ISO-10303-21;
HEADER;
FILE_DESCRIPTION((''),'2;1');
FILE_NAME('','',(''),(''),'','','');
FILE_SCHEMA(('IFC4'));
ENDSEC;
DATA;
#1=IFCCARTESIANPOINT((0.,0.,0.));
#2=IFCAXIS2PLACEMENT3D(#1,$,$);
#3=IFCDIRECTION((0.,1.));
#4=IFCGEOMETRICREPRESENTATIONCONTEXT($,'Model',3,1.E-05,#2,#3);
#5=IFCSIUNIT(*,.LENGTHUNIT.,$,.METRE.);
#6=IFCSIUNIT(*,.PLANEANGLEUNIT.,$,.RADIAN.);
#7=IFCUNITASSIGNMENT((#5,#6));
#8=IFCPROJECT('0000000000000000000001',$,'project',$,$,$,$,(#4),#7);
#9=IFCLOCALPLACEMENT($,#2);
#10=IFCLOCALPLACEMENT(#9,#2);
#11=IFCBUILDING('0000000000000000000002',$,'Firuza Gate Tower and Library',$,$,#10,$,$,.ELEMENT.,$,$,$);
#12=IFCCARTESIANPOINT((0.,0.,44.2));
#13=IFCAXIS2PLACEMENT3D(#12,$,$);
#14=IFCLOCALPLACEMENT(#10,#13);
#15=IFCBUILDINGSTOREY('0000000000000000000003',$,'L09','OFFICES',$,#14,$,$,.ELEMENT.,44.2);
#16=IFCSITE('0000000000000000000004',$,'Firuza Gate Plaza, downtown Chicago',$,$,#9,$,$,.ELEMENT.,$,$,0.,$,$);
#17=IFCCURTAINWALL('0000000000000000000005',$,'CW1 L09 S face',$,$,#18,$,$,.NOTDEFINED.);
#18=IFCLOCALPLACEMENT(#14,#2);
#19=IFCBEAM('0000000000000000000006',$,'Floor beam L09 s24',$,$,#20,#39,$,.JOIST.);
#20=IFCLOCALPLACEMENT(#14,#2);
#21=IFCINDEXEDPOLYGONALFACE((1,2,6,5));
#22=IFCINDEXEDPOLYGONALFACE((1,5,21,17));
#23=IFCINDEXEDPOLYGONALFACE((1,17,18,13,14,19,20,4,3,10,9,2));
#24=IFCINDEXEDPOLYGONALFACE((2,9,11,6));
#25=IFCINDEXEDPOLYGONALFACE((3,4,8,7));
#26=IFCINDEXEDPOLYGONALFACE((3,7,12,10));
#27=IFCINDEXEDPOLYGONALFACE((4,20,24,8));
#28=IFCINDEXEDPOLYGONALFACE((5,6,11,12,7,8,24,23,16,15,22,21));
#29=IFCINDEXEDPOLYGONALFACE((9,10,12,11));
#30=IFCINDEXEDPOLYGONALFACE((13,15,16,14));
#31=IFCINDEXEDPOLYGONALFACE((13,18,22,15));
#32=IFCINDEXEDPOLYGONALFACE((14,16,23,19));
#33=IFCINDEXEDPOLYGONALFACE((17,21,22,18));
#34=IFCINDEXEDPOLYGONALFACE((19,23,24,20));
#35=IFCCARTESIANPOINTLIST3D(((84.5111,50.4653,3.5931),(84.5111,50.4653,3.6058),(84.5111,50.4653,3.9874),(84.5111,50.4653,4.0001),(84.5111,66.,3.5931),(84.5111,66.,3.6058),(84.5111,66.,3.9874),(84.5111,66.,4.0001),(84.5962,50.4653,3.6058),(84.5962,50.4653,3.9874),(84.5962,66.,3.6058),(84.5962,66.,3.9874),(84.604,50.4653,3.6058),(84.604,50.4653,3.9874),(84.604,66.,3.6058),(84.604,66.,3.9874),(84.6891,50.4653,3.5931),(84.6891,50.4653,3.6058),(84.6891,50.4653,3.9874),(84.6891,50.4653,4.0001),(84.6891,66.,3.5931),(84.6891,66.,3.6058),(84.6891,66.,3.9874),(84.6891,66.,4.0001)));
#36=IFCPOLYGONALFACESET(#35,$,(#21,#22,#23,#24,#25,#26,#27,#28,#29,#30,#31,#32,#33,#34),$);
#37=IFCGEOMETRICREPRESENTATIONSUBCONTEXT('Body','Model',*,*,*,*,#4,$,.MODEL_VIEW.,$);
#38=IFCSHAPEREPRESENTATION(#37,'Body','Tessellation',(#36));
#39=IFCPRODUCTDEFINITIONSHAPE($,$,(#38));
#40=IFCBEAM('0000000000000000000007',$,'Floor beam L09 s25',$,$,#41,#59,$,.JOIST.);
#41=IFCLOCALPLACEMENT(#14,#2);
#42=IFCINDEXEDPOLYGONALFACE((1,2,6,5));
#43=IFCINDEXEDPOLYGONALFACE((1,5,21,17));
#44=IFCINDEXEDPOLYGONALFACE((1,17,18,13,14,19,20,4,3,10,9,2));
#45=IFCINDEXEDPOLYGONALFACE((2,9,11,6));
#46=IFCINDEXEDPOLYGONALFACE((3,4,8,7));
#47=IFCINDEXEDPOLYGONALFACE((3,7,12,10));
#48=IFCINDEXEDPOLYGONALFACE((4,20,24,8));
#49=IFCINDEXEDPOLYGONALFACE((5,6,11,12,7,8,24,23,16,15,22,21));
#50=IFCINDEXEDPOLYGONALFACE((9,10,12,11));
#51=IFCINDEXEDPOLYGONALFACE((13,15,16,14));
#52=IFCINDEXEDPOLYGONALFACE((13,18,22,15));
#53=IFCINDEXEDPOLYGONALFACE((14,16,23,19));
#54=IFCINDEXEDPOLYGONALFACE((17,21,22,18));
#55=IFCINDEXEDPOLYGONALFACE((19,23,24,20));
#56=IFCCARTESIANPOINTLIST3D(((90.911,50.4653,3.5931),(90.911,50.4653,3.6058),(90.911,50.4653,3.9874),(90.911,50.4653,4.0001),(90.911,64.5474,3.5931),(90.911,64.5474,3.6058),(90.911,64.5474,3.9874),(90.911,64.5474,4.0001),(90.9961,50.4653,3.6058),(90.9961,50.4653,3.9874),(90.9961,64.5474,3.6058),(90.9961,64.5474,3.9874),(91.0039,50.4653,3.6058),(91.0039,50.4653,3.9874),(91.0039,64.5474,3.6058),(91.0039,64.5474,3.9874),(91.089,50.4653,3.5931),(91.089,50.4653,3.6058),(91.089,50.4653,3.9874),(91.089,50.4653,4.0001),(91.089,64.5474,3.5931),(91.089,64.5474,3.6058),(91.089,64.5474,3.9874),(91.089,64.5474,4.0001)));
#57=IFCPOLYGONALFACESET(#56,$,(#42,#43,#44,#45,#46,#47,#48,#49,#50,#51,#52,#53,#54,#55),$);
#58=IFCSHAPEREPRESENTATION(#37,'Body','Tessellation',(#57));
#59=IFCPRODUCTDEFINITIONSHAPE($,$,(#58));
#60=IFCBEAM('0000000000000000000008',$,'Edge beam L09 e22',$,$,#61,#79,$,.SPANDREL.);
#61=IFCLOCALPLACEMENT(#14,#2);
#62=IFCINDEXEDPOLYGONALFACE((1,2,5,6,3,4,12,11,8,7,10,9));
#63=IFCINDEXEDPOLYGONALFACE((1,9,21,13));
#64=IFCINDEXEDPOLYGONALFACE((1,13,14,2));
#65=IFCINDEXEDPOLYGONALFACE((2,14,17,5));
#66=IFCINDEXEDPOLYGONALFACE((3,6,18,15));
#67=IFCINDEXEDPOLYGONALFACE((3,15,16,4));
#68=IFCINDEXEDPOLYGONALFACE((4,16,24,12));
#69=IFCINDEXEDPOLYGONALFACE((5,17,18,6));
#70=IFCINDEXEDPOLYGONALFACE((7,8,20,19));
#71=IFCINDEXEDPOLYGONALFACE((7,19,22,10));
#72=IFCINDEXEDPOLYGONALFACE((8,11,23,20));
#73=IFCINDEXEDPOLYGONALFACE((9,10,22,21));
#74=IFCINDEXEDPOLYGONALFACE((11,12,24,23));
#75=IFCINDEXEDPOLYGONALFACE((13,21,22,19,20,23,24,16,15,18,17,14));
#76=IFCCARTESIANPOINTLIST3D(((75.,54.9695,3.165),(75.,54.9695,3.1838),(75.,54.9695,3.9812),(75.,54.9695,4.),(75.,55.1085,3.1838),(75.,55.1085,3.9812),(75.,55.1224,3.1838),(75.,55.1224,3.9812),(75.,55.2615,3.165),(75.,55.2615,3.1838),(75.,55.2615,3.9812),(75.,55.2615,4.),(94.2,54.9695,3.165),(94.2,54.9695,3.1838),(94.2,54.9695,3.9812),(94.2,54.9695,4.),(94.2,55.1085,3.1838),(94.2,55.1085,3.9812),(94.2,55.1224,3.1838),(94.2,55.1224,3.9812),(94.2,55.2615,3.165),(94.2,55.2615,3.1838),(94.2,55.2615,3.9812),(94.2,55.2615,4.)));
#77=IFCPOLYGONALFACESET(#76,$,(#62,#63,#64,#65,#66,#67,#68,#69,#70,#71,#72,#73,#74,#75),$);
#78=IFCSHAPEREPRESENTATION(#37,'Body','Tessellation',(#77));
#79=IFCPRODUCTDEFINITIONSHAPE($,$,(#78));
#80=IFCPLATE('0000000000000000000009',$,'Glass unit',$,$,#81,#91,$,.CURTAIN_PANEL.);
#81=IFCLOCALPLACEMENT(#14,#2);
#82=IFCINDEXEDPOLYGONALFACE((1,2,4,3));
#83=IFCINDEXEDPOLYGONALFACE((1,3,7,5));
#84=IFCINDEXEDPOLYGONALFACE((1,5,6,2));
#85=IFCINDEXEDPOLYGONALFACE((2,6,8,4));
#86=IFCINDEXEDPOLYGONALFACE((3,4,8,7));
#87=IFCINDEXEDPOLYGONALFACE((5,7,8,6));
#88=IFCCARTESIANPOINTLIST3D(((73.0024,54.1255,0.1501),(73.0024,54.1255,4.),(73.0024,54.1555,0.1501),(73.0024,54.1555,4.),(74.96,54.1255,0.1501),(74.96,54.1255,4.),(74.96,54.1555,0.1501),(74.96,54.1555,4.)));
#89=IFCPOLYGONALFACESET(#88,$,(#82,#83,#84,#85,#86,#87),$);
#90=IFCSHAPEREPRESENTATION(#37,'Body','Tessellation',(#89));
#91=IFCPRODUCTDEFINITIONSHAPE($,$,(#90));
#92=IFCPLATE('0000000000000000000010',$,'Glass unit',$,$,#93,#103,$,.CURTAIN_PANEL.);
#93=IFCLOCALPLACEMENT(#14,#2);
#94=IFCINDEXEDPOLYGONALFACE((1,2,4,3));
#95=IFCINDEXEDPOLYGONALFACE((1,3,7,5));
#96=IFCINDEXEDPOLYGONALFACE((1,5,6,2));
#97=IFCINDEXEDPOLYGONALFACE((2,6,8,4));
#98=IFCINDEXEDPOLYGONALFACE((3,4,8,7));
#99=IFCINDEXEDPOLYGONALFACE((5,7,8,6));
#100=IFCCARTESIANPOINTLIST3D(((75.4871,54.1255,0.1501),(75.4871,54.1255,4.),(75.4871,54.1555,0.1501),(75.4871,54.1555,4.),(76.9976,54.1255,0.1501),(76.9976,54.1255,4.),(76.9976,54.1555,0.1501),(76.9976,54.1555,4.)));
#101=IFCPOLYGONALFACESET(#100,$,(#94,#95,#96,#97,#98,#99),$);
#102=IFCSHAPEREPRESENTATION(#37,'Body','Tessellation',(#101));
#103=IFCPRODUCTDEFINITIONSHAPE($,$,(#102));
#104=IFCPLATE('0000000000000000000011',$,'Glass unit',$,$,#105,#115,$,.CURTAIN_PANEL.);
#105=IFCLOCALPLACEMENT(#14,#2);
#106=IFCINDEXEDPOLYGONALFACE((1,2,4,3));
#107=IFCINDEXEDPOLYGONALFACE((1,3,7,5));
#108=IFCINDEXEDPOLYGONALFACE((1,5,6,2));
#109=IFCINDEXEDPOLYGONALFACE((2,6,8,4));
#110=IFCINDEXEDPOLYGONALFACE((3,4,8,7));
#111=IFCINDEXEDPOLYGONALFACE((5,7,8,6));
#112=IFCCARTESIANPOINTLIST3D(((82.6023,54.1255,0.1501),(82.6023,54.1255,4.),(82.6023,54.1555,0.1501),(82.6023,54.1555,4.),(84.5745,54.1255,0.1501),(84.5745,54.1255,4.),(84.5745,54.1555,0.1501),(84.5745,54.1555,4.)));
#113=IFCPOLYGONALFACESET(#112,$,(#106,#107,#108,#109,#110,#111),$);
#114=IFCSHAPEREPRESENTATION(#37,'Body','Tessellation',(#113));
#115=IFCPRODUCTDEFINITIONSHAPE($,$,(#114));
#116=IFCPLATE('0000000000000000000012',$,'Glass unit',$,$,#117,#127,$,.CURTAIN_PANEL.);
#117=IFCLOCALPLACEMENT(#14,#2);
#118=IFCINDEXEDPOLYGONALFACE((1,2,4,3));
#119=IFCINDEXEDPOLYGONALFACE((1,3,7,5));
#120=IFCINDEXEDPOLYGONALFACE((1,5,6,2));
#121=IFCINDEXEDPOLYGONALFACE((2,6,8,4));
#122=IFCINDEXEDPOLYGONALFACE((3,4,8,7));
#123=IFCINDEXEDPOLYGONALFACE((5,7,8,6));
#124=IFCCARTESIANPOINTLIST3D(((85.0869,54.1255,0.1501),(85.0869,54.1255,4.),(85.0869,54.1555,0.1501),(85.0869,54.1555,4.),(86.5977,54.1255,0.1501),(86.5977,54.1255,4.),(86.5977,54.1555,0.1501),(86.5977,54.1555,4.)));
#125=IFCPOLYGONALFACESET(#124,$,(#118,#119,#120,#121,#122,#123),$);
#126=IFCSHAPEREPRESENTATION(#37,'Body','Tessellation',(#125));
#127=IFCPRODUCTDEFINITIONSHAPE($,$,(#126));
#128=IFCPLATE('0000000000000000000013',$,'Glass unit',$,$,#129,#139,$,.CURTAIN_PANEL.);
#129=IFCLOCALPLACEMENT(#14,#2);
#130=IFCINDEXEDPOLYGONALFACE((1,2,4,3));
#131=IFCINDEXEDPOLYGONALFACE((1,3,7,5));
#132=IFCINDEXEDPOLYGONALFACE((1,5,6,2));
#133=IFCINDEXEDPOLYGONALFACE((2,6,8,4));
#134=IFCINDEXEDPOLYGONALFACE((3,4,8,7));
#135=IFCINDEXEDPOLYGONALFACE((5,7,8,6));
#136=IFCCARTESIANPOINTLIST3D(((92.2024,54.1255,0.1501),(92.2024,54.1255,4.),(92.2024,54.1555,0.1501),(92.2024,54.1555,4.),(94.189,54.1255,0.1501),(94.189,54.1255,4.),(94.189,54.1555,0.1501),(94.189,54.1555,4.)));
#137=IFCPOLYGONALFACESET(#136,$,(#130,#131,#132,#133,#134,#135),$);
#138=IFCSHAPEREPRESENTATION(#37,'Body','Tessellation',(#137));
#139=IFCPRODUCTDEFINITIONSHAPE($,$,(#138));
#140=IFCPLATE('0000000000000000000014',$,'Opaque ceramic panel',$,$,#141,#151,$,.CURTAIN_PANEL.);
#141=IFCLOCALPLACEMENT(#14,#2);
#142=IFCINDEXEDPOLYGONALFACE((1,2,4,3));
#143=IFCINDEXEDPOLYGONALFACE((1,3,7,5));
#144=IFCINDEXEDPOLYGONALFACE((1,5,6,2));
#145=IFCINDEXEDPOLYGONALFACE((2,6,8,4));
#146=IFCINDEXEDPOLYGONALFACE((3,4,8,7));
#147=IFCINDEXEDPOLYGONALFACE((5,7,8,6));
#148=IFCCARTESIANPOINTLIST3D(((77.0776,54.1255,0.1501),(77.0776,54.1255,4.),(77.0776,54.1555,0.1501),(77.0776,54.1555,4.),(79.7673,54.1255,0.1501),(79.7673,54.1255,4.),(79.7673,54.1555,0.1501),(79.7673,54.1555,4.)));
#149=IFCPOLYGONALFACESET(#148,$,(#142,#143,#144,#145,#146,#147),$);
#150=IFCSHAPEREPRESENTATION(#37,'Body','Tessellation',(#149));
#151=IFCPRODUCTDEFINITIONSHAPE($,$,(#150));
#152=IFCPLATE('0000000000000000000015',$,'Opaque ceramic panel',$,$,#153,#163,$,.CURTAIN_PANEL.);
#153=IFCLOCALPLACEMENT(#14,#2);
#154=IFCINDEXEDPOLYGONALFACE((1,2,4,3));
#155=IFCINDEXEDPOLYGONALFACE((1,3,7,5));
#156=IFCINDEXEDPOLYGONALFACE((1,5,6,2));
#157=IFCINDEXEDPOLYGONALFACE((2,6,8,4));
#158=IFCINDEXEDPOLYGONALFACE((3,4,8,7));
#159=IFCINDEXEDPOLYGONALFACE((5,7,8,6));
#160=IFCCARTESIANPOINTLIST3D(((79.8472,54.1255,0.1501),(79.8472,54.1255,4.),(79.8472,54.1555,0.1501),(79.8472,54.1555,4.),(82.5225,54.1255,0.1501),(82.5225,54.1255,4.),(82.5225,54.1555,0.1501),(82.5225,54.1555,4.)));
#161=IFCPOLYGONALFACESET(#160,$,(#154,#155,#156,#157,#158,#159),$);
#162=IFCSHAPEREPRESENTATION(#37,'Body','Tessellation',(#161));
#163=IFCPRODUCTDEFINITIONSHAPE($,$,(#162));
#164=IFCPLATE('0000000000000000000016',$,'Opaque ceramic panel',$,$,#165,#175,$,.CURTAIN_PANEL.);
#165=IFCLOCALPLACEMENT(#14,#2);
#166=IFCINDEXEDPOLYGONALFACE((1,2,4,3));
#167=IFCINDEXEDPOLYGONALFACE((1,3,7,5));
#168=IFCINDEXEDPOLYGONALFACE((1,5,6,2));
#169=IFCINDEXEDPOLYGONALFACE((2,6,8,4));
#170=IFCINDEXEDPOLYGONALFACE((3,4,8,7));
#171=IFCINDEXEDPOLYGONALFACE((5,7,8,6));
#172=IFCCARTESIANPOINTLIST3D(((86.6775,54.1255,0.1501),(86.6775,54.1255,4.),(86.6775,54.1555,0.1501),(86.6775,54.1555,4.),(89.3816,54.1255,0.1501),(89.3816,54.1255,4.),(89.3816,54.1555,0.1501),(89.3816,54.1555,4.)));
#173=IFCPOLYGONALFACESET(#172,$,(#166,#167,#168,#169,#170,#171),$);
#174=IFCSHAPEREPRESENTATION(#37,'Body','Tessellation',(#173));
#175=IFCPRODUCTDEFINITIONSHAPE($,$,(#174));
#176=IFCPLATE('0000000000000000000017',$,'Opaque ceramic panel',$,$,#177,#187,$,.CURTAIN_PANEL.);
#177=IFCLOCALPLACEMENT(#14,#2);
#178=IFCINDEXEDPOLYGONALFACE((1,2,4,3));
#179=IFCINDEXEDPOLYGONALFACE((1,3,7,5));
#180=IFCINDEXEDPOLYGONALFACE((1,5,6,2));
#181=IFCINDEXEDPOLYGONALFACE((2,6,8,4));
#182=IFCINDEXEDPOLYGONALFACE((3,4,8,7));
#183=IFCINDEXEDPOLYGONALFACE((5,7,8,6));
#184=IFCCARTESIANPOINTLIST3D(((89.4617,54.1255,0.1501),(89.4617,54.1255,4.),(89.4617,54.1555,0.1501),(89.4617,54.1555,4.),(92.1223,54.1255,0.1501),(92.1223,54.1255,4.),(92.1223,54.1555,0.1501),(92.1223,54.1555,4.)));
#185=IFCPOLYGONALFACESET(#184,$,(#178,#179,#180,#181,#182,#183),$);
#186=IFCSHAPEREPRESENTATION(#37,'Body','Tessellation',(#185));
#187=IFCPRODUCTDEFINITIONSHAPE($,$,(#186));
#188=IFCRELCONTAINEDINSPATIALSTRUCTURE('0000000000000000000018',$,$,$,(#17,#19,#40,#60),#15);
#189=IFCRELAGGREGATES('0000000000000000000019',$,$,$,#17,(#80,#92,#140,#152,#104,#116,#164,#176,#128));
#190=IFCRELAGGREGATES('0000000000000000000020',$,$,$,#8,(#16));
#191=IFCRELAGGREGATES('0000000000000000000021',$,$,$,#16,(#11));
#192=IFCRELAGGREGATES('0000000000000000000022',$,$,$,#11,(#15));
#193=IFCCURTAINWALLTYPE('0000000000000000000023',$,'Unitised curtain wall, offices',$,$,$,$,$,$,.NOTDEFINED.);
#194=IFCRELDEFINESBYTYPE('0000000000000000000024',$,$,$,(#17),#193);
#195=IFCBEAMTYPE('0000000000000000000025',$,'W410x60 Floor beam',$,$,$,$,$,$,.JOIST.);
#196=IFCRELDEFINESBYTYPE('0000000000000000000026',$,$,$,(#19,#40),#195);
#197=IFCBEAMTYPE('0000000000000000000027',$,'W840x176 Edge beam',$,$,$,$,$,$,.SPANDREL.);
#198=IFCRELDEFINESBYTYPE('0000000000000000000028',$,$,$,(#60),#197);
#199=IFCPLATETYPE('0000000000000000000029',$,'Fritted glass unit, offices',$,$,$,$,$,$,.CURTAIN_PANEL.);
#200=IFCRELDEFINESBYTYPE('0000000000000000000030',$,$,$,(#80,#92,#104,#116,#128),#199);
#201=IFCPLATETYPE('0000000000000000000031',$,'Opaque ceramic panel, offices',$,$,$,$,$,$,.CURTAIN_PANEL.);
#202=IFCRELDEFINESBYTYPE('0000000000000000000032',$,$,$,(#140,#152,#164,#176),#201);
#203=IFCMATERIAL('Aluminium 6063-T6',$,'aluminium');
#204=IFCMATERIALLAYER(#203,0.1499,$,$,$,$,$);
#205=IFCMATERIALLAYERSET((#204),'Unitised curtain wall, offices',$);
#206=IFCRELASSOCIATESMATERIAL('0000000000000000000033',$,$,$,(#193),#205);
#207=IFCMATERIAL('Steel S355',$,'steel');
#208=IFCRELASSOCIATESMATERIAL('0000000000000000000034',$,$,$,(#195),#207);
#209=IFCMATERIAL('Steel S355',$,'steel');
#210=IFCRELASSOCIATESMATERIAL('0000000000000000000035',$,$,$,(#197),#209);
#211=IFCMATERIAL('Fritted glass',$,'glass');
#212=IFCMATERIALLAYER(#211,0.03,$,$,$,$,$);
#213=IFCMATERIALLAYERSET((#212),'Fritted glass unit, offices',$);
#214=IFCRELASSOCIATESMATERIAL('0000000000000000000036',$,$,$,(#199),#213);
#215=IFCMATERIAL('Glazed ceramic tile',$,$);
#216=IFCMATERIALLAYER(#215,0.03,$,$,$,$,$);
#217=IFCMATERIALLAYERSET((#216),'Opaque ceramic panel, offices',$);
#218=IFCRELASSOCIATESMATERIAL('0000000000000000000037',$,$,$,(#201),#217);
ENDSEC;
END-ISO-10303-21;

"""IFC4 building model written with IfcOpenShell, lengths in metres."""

from ifc_helpers import new_model, si_unit, direction, frame, origin, origin_2d, place, context, subcontext, project, spatial, polyline, i_section, outline, extrude, material, layer, layer_set, material_profile, profile_set, type_object, element, aggregate, save


model = new_model("IFC4")

# Units and contexts
model_context = context("Model", 3, precision=1e-05, world=origin(), true_north=direction((0.0, 1.0)))
body_context = subcontext(model_context, "Body", "Model", "MODEL_VIEW")
ifc_project = project(units=[si_unit("LENGTHUNIT", "METRE"), si_unit("PLANEANGLEUNIT", "RADIAN")], contexts=[model_context])

# Site, building, storey
site_placement = place(None, origin())
site = spatial("IfcSite", under=ifc_project, at=site_placement, Name="Firuza Gate Plaza, downtown Chicago", CompositionType="ELEMENT", RefElevation=0.0)
building_placement = place(site_placement, origin())
building = spatial("IfcBuilding", under=site, at=building_placement, Name="Firuza Gate Tower and Library", CompositionType="ELEMENT")
storey_placement = place(building_placement, frame((0.0, 0.0, 44.2)))
storey = spatial("IfcBuildingStorey", under=building, at=storey_placement, Name="L09", Description="OFFICES", CompositionType="ELEMENT", Elevation=44.2)

# Curtain wall
ifc_material_1 = material(Name="Aluminium 6063-T6", Category="aluminium")
ifc_layer_1 = layer(ifc_material_1, 0.1499)
ifc_layer_set_1 = layer_set([ifc_layer_1], Name="Unitised curtain wall, offices")
curtain_wall_type = type_object("IfcCurtainWallType", Name="Unitised curtain wall, offices", PredefinedType="NOTDEFINED", material=ifc_layer_set_1)
curtain_wall_placement = place(storey_placement, origin())
curtain_wall = element("IfcCurtainWall", 1, at=curtain_wall_placement, inside=storey, type_object=curtain_wall_type, Name="CW1 L09 S face", PredefinedType="NOTDEFINED")

# Beams
ifc_material_2 = material(Name="Steel S355", Category="steel")
ifc_material_profile_1 = material_profile(ifc_material_2, i_section(OverallWidth=0.178, OverallDepth=0.407, WebThickness=0.0078, FlangeThickness=0.0127, at=origin_2d()))
ifc_profile_set_1 = profile_set([ifc_material_profile_1], Name="Steel S355")
beam_type_1 = type_object("IfcBeamType", Name="W410x60 Floor beam", PredefinedType="JOIST", material=ifc_profile_set_1)
for number, where, z_axis, x_axis, name in (
    (2, (84.6001, 50.4653, 3.7966), (0.0, 1.0, 0.0), (-1.0, 0.0, 0.0), "Floor beam L09 s24"),
):
    element("IfcBeam", number, at=place(storey_placement, frame(where, z_axis=z_axis, x_axis=x_axis)), inside=storey, type_object=beam_type_1, Name=name, PredefinedType="JOIST", context=body_context, shape_type="SweptSolid", body=[
        extrude(i_section(OverallWidth=0.178, OverallDepth=0.407, WebThickness=0.0078, FlangeThickness=0.0127, at=origin_2d()), origin(), (0.0, 0.0, 1.0), 15.5347),
    ])
beam_1_placement = place(storey_placement, frame((91.0, 50.4653, 3.7966), z_axis=(0.0, 1.0, 0.0), x_axis=(-1.0, 0.0, 0.0)))
element("IfcBeam", 3, at=beam_1_placement, inside=storey, type_object=beam_type_1, Name="Floor beam L09 s25", PredefinedType="JOIST", context=body_context, shape_type="SweptSolid", body=[
    extrude(i_section(OverallWidth=0.178, OverallDepth=0.407, WebThickness=0.0078, FlangeThickness=0.0127, at=origin_2d()), origin(), (0.0, 0.0, 1.0), 14.082),
])
ifc_material_3 = material(Name="Steel S355", Category="steel")
ifc_material_profile_2 = material_profile(ifc_material_3, i_section(OverallWidth=0.292, OverallDepth=0.835, WebThickness=0.0139, FlangeThickness=0.0188, at=origin_2d()))
ifc_profile_set_2 = profile_set([ifc_material_profile_2], Name="Steel S355")
beam_type_2 = type_object("IfcBeamType", Name="W840x176 Edge beam", PredefinedType="SPANDREL", material=ifc_profile_set_2)
beam_2_placement = place(storey_placement, frame((75.0, 55.1155, 3.5825), z_axis=(1.0, 0.0, 0.0), x_axis=(0.0, 1.0, 0.0)))
element("IfcBeam", 4, at=beam_2_placement, inside=storey, type_object=beam_type_2, Name="Edge beam L09 e22", PredefinedType="SPANDREL", context=body_context, shape_type="SweptSolid", body=[
    extrude(i_section(OverallWidth=0.292, OverallDepth=0.835, WebThickness=0.0139, FlangeThickness=0.0188, at=origin_2d()), origin(), (0.0, 0.0, 1.0), 19.2),
])

# Plates
ifc_material_4 = material(Name="Fritted glass", Category="glass")
ifc_layer_2 = layer(ifc_material_4, 0.03)
ifc_layer_set_2 = layer_set([ifc_layer_2], Name="Fritted glass unit, offices")
plate_type_1 = type_object("IfcPlateType", Name="Fritted glass unit, offices", PredefinedType="CURTAIN_PANEL", material=ifc_layer_set_2)
plate_1_placement = place(storey_placement, frame((73.0024, 54.1255, 0.1501), z_axis=(0.0, -1.0, 0.0), x_axis=(1.0, 0.0, 0.0)))
plate_1 = element("IfcPlate", 5, at=plate_1_placement, type_object=plate_type_1, Name="Glass unit", PredefinedType="CURTAIN_PANEL", context=body_context, shape_type="SweptSolid", body=[
    extrude(outline(polyline([(0.0, 0.0), (1.9575, 0.0), (1.9575, 3.8499), (0.0, 3.8499), (0.0, 0.0)])), origin(), (0.0, 0.0, -1.0), 0.03),
])
plate_2_placement = place(storey_placement, frame((75.4871, 54.1255, 0.1501), z_axis=(0.0, -1.0, 0.0), x_axis=(1.0, 0.0, 0.0)))
plate_2 = element("IfcPlate", 6, at=plate_2_placement, type_object=plate_type_1, Name="Glass unit", PredefinedType="CURTAIN_PANEL", context=body_context, shape_type="SweptSolid", body=[
    extrude(outline(polyline([(0.0, 0.0), (1.5105, 0.0), (1.5105, 3.8499), (0.0, 3.8499), (0.0, 0.0)])), origin(), (0.0, 0.0, -1.0), 0.03),
])
plate_3_placement = place(storey_placement, frame((82.6023, 54.1255, 0.1501), z_axis=(0.0, -1.0, 0.0), x_axis=(1.0, 0.0, 0.0)))
plate_3 = element("IfcPlate", 7, at=plate_3_placement, type_object=plate_type_1, Name="Glass unit", PredefinedType="CURTAIN_PANEL", context=body_context, shape_type="SweptSolid", body=[
    extrude(outline(polyline([(0.0, 0.0), (1.9722, 0.0), (1.9722, 3.8499), (0.0, 3.8499), (0.0, 0.0)])), origin(), (0.0, 0.0, -1.0), 0.03),
])
plate_4_placement = place(storey_placement, frame((85.0869, 54.1255, 0.1501), z_axis=(0.0, -1.0, 0.0), x_axis=(1.0, 0.0, 0.0)))
plate_4 = element("IfcPlate", 8, at=plate_4_placement, type_object=plate_type_1, Name="Glass unit", PredefinedType="CURTAIN_PANEL", context=body_context, shape_type="SweptSolid", body=[
    extrude(outline(polyline([(0.0, 0.0), (1.5107, 0.0), (1.5107, 3.8499), (0.0, 3.8499), (0.0, 0.0)])), origin(), (0.0, 0.0, -1.0), 0.03),
])
plate_5_placement = place(storey_placement, frame((92.2024, 54.1255, 0.1501), z_axis=(0.0, -1.0, 0.0), x_axis=(1.0, 0.0, 0.0)))
plate_5 = element("IfcPlate", 9, at=plate_5_placement, type_object=plate_type_1, Name="Glass unit", PredefinedType="CURTAIN_PANEL", context=body_context, shape_type="SweptSolid", body=[
    extrude(outline(polyline([(0.0, 0.0), (1.9866, 0.0), (1.9866, 3.8499), (0.0, 3.8499), (0.0, 0.0)])), origin(), (0.0, 0.0, -1.0), 0.03),
])
ifc_material_5 = material(Name="Glazed ceramic tile")
ifc_layer_3 = layer(ifc_material_5, 0.03)
ifc_layer_set_3 = layer_set([ifc_layer_3], Name="Opaque ceramic panel, offices")
plate_type_2 = type_object("IfcPlateType", Name="Opaque ceramic panel, offices", PredefinedType="CURTAIN_PANEL", material=ifc_layer_set_3)
plate_6_placement = place(storey_placement, frame((77.0776, 54.1255, 0.1501), z_axis=(0.0, -1.0, 0.0), x_axis=(1.0, 0.0, 0.0)))
plate_6 = element("IfcPlate", 10, at=plate_6_placement, type_object=plate_type_2, Name="Opaque ceramic panel", PredefinedType="CURTAIN_PANEL", context=body_context, shape_type="SweptSolid", body=[
    extrude(outline(polyline([(0.0, 0.0), (2.6897, 0.0), (2.6897, 3.8499), (0.0, 3.8499), (0.0, 0.0)])), origin(), (0.0, 0.0, -1.0), 0.03),
])
plate_7_placement = place(storey_placement, frame((79.8472, 54.1255, 0.1501), z_axis=(0.0, -1.0, 0.0), x_axis=(1.0, 0.0, 0.0)))
plate_7 = element("IfcPlate", 11, at=plate_7_placement, type_object=plate_type_2, Name="Opaque ceramic panel", PredefinedType="CURTAIN_PANEL", context=body_context, shape_type="SweptSolid", body=[
    extrude(outline(polyline([(0.0, 0.0), (2.6753, 0.0), (2.6753, 3.8499), (0.0, 3.8499), (0.0, 0.0)])), origin(), (0.0, 0.0, -1.0), 0.03),
])
plate_8_placement = place(storey_placement, frame((86.6775, 54.1255, 0.1501), z_axis=(0.0, -1.0, 0.0), x_axis=(1.0, 0.0, 0.0)))
plate_8 = element("IfcPlate", 12, at=plate_8_placement, type_object=plate_type_2, Name="Opaque ceramic panel", PredefinedType="CURTAIN_PANEL", context=body_context, shape_type="SweptSolid", body=[
    extrude(outline(polyline([(0.0, 0.0), (2.7041, 0.0), (2.7041, 3.8499), (0.0, 3.8499), (0.0, 0.0)])), origin(), (0.0, 0.0, -1.0), 0.03),
])
plate_9_placement = place(storey_placement, frame((89.4617, 54.1255, 0.1501), z_axis=(0.0, -1.0, 0.0), x_axis=(1.0, 0.0, 0.0)))
plate_9 = element("IfcPlate", 13, at=plate_9_placement, type_object=plate_type_2, Name="Opaque ceramic panel", PredefinedType="CURTAIN_PANEL", context=body_context, shape_type="SweptSolid", body=[
    extrude(outline(polyline([(0.0, 0.0), (2.6606, 0.0), (2.6606, 3.8499), (0.0, 3.8499), (0.0, 0.0)])), origin(), (0.0, 0.0, -1.0), 0.03),
])
aggregate(curtain_wall, [plate_1, plate_2, plate_6, plate_7, plate_3, plate_4, plate_8, plate_9, plate_5])

save(model, "model.ifc")
